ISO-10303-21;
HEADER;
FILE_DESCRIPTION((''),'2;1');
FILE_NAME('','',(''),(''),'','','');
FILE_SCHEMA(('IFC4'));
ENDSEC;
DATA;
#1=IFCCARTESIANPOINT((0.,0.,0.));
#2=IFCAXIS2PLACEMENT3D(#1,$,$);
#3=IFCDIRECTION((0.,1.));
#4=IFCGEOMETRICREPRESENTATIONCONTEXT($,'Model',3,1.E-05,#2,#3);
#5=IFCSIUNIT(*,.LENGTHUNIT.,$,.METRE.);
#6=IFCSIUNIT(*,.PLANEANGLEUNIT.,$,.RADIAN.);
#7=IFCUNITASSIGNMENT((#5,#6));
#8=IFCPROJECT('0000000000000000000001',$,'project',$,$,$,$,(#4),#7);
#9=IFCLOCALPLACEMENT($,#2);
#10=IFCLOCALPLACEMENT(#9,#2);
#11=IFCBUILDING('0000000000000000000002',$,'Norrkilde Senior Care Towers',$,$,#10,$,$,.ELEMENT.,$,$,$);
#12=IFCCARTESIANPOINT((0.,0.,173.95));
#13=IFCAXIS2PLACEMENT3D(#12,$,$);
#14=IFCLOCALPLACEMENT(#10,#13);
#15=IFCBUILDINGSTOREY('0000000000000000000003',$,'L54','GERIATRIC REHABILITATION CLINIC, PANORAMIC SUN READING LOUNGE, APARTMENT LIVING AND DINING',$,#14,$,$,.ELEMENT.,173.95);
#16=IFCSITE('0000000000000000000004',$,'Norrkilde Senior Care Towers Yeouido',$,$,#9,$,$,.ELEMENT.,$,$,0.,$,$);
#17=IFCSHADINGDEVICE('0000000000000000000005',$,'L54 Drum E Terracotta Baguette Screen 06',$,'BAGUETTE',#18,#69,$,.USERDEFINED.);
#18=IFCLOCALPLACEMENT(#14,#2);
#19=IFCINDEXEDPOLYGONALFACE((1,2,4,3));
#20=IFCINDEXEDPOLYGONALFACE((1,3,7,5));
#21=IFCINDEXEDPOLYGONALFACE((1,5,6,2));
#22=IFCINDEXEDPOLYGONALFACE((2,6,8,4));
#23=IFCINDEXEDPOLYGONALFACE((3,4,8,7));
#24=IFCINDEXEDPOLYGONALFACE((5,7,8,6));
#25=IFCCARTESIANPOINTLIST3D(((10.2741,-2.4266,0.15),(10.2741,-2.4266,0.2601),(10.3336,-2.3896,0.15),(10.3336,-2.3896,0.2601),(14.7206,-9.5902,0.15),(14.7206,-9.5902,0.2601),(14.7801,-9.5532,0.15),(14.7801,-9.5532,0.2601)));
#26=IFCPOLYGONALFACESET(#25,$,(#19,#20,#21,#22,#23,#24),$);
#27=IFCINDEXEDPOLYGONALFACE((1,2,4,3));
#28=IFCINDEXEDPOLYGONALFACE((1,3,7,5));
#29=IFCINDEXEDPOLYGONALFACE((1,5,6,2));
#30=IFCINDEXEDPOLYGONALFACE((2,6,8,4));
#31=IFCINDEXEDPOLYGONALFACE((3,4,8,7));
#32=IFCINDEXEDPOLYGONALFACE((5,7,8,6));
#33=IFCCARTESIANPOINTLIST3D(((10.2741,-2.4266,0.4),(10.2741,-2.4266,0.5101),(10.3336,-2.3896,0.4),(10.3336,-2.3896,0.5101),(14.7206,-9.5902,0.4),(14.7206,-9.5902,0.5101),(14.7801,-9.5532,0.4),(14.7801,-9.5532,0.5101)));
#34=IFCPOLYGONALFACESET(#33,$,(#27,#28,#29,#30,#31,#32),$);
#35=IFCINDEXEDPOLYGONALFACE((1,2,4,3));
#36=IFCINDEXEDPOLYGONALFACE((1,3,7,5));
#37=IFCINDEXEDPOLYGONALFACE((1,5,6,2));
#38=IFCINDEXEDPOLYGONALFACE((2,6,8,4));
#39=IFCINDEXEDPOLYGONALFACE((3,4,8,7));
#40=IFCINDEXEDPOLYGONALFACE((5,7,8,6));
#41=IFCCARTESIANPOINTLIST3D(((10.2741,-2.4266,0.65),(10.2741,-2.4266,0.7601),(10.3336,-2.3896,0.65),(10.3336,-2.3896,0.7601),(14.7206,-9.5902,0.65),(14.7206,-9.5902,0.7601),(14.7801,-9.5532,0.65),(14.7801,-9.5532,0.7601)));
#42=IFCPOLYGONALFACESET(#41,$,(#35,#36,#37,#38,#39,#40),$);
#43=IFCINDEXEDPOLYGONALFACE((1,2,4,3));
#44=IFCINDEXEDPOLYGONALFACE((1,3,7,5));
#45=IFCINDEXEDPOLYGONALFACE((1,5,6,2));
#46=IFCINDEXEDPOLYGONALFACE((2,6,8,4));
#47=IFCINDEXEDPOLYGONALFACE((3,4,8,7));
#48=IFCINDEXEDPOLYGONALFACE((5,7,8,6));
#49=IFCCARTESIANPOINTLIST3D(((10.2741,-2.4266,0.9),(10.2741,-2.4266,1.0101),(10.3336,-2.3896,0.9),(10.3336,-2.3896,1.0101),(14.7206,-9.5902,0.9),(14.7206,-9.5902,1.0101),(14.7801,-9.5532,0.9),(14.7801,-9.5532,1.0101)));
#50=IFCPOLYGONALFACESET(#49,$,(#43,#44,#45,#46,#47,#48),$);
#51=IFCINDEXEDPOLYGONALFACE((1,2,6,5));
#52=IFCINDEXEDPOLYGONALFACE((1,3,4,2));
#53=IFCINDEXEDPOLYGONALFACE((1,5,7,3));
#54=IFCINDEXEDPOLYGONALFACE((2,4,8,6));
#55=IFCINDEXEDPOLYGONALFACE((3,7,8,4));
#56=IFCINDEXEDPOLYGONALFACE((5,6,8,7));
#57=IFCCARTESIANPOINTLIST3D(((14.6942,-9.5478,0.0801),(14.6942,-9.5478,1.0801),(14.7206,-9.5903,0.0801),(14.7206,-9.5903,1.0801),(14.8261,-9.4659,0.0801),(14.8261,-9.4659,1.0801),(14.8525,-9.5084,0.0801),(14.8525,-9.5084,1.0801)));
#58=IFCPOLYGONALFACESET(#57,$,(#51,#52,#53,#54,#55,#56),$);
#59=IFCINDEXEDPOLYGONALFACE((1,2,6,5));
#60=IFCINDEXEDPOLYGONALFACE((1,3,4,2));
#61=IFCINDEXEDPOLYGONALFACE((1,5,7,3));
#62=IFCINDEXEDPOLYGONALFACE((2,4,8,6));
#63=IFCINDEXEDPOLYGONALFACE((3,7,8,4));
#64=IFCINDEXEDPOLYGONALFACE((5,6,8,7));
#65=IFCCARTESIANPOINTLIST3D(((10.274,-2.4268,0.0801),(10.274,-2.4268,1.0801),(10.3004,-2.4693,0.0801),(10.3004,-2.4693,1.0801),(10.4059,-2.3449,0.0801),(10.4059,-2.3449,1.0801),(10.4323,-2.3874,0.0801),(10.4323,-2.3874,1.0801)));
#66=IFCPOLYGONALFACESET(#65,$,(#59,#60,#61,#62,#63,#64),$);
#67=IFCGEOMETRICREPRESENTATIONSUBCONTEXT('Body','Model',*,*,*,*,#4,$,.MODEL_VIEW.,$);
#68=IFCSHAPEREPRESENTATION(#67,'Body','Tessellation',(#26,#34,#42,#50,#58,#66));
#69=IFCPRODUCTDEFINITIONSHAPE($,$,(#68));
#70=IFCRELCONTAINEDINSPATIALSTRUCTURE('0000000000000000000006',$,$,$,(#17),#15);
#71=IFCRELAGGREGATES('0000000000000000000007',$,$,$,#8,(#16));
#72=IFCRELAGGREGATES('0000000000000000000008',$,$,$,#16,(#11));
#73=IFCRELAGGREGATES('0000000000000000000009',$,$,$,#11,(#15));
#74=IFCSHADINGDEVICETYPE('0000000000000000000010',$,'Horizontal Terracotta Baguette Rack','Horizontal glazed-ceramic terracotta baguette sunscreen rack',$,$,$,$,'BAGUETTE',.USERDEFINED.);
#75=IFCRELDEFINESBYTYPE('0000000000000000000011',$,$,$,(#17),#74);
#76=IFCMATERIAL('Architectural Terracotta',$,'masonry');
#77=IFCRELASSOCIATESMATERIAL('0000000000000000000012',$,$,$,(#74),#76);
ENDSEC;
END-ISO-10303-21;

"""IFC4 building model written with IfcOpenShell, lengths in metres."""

from ifc_helpers import new_model, si_unit, direction, frame, origin, origin_2d, place, context, subcontext, project, spatial, rectangle, extrude, source, transform, mapped, material, type_object, type_shapes, element, save


model = new_model("IFC4")

# Units and contexts
model_context = context("Model", 3, precision=1e-05, world=origin(), true_north=direction((0.0, 1.0)))
body_context = subcontext(model_context, "Body", "Model", "MODEL_VIEW")
ifc_project = project(units=[si_unit("LENGTHUNIT", "METRE"), si_unit("PLANEANGLEUNIT", "RADIAN")], contexts=[model_context])

# Site, building, storey
site_placement = place(None, origin())
site = spatial("IfcSite", under=ifc_project, at=site_placement, Name="Norrkilde Senior Care Towers Yeouido", CompositionType="ELEMENT", RefElevation=0.0)
building_placement = place(site_placement, origin())
building = spatial("IfcBuilding", under=site, at=building_placement, Name="Norrkilde Senior Care Towers", CompositionType="ELEMENT")
storey_placement = place(building_placement, frame((0.0, 0.0, 173.95)))
storey = spatial("IfcBuildingStorey", under=building, at=storey_placement, Name="L54", Description="GERIATRIC REHABILITATION CLINIC, PANORAMIC SUN READING LOUNGE, APARTMENT LIVING AND DINING", CompositionType="ELEMENT", Elevation=173.95)

# Shading device
ifc_material_1 = material(Name="Architectural Terracotta", Category="masonry")
shading_device_type = type_object("IfcShadingDeviceType", Name="Horizontal Terracotta Baguette Rack", Description="Horizontal glazed-ceramic terracotta baguette sunscreen rack", ElementType="BAGUETTE", PredefinedType="USERDEFINED", material=ifc_material_1)
shared_shape_1 = source(origin(), body_context, "Body", "SweptSolid", [
    extrude(rectangle(XDim=0.0701, YDim=0.1101, at=origin_2d()), frame((0.0, 0.0901, 0.125), z_axis=(1.0, 0.0, 0.0), x_axis=(0.0, 1.0, 0.0)), (0.0, 0.0, 1.0), 8.4314),
    extrude(rectangle(XDim=0.0701, YDim=0.1101, at=origin_2d()), frame((0.0, 0.0901, 0.375), z_axis=(1.0, 0.0, 0.0), x_axis=(0.0, 1.0, 0.0)), (0.0, 0.0, 1.0), 8.4314),
    extrude(rectangle(XDim=0.0701, YDim=0.1101, at=origin_2d()), frame((0.0, 0.0901, 0.625), z_axis=(1.0, 0.0, 0.0), x_axis=(0.0, 1.0, 0.0)), (0.0, 0.0, 1.0), 8.4314),
    extrude(rectangle(XDim=0.0701, YDim=0.1101, at=origin_2d()), frame((0.0, 0.0901, 0.875), z_axis=(1.0, 0.0, 0.0), x_axis=(0.0, 1.0, 0.0)), (0.0, 0.0, 1.0), 8.4314),
    extrude(rectangle(XDim=0.05, YDim=0.1553, at=origin_2d()), frame((0.0249, 0.0476, 0.0)), (0.0, 0.0, 1.0), 1.0),
    extrude(rectangle(XDim=0.05, YDim=0.1553, at=origin_2d()), frame((8.4062, 0.0476, 0.0)), (0.0, 0.0, 1.0), 1.0),
])
type_shapes(shading_device_type, [shared_shape_1])
shading_device_placement = place(storey_placement, frame((14.8269, -9.5242, 0.0801), z_axis=(0.0, 0.0, 1.0), x_axis=(-0.527378, 0.849631, 0.0)))
element("IfcShadingDevice", 1, at=shading_device_placement, inside=storey, type_object=shading_device_type, Name="L54 Drum E Terracotta Baguette Screen 06", ObjectType="BAGUETTE", PredefinedType="USERDEFINED", context=body_context, shape_type="MappedRepresentation", body=[
    mapped(shared_shape_1, transform((0.0, 0.0, 0.0), x_axis=(1.0, 0.0, 0.0), y_axis=(0.0, 1.0, 0.0), z_axis=(0.0, 0.0, 1.0), scale=1.0)),
])

save(model, "model.ifc")
